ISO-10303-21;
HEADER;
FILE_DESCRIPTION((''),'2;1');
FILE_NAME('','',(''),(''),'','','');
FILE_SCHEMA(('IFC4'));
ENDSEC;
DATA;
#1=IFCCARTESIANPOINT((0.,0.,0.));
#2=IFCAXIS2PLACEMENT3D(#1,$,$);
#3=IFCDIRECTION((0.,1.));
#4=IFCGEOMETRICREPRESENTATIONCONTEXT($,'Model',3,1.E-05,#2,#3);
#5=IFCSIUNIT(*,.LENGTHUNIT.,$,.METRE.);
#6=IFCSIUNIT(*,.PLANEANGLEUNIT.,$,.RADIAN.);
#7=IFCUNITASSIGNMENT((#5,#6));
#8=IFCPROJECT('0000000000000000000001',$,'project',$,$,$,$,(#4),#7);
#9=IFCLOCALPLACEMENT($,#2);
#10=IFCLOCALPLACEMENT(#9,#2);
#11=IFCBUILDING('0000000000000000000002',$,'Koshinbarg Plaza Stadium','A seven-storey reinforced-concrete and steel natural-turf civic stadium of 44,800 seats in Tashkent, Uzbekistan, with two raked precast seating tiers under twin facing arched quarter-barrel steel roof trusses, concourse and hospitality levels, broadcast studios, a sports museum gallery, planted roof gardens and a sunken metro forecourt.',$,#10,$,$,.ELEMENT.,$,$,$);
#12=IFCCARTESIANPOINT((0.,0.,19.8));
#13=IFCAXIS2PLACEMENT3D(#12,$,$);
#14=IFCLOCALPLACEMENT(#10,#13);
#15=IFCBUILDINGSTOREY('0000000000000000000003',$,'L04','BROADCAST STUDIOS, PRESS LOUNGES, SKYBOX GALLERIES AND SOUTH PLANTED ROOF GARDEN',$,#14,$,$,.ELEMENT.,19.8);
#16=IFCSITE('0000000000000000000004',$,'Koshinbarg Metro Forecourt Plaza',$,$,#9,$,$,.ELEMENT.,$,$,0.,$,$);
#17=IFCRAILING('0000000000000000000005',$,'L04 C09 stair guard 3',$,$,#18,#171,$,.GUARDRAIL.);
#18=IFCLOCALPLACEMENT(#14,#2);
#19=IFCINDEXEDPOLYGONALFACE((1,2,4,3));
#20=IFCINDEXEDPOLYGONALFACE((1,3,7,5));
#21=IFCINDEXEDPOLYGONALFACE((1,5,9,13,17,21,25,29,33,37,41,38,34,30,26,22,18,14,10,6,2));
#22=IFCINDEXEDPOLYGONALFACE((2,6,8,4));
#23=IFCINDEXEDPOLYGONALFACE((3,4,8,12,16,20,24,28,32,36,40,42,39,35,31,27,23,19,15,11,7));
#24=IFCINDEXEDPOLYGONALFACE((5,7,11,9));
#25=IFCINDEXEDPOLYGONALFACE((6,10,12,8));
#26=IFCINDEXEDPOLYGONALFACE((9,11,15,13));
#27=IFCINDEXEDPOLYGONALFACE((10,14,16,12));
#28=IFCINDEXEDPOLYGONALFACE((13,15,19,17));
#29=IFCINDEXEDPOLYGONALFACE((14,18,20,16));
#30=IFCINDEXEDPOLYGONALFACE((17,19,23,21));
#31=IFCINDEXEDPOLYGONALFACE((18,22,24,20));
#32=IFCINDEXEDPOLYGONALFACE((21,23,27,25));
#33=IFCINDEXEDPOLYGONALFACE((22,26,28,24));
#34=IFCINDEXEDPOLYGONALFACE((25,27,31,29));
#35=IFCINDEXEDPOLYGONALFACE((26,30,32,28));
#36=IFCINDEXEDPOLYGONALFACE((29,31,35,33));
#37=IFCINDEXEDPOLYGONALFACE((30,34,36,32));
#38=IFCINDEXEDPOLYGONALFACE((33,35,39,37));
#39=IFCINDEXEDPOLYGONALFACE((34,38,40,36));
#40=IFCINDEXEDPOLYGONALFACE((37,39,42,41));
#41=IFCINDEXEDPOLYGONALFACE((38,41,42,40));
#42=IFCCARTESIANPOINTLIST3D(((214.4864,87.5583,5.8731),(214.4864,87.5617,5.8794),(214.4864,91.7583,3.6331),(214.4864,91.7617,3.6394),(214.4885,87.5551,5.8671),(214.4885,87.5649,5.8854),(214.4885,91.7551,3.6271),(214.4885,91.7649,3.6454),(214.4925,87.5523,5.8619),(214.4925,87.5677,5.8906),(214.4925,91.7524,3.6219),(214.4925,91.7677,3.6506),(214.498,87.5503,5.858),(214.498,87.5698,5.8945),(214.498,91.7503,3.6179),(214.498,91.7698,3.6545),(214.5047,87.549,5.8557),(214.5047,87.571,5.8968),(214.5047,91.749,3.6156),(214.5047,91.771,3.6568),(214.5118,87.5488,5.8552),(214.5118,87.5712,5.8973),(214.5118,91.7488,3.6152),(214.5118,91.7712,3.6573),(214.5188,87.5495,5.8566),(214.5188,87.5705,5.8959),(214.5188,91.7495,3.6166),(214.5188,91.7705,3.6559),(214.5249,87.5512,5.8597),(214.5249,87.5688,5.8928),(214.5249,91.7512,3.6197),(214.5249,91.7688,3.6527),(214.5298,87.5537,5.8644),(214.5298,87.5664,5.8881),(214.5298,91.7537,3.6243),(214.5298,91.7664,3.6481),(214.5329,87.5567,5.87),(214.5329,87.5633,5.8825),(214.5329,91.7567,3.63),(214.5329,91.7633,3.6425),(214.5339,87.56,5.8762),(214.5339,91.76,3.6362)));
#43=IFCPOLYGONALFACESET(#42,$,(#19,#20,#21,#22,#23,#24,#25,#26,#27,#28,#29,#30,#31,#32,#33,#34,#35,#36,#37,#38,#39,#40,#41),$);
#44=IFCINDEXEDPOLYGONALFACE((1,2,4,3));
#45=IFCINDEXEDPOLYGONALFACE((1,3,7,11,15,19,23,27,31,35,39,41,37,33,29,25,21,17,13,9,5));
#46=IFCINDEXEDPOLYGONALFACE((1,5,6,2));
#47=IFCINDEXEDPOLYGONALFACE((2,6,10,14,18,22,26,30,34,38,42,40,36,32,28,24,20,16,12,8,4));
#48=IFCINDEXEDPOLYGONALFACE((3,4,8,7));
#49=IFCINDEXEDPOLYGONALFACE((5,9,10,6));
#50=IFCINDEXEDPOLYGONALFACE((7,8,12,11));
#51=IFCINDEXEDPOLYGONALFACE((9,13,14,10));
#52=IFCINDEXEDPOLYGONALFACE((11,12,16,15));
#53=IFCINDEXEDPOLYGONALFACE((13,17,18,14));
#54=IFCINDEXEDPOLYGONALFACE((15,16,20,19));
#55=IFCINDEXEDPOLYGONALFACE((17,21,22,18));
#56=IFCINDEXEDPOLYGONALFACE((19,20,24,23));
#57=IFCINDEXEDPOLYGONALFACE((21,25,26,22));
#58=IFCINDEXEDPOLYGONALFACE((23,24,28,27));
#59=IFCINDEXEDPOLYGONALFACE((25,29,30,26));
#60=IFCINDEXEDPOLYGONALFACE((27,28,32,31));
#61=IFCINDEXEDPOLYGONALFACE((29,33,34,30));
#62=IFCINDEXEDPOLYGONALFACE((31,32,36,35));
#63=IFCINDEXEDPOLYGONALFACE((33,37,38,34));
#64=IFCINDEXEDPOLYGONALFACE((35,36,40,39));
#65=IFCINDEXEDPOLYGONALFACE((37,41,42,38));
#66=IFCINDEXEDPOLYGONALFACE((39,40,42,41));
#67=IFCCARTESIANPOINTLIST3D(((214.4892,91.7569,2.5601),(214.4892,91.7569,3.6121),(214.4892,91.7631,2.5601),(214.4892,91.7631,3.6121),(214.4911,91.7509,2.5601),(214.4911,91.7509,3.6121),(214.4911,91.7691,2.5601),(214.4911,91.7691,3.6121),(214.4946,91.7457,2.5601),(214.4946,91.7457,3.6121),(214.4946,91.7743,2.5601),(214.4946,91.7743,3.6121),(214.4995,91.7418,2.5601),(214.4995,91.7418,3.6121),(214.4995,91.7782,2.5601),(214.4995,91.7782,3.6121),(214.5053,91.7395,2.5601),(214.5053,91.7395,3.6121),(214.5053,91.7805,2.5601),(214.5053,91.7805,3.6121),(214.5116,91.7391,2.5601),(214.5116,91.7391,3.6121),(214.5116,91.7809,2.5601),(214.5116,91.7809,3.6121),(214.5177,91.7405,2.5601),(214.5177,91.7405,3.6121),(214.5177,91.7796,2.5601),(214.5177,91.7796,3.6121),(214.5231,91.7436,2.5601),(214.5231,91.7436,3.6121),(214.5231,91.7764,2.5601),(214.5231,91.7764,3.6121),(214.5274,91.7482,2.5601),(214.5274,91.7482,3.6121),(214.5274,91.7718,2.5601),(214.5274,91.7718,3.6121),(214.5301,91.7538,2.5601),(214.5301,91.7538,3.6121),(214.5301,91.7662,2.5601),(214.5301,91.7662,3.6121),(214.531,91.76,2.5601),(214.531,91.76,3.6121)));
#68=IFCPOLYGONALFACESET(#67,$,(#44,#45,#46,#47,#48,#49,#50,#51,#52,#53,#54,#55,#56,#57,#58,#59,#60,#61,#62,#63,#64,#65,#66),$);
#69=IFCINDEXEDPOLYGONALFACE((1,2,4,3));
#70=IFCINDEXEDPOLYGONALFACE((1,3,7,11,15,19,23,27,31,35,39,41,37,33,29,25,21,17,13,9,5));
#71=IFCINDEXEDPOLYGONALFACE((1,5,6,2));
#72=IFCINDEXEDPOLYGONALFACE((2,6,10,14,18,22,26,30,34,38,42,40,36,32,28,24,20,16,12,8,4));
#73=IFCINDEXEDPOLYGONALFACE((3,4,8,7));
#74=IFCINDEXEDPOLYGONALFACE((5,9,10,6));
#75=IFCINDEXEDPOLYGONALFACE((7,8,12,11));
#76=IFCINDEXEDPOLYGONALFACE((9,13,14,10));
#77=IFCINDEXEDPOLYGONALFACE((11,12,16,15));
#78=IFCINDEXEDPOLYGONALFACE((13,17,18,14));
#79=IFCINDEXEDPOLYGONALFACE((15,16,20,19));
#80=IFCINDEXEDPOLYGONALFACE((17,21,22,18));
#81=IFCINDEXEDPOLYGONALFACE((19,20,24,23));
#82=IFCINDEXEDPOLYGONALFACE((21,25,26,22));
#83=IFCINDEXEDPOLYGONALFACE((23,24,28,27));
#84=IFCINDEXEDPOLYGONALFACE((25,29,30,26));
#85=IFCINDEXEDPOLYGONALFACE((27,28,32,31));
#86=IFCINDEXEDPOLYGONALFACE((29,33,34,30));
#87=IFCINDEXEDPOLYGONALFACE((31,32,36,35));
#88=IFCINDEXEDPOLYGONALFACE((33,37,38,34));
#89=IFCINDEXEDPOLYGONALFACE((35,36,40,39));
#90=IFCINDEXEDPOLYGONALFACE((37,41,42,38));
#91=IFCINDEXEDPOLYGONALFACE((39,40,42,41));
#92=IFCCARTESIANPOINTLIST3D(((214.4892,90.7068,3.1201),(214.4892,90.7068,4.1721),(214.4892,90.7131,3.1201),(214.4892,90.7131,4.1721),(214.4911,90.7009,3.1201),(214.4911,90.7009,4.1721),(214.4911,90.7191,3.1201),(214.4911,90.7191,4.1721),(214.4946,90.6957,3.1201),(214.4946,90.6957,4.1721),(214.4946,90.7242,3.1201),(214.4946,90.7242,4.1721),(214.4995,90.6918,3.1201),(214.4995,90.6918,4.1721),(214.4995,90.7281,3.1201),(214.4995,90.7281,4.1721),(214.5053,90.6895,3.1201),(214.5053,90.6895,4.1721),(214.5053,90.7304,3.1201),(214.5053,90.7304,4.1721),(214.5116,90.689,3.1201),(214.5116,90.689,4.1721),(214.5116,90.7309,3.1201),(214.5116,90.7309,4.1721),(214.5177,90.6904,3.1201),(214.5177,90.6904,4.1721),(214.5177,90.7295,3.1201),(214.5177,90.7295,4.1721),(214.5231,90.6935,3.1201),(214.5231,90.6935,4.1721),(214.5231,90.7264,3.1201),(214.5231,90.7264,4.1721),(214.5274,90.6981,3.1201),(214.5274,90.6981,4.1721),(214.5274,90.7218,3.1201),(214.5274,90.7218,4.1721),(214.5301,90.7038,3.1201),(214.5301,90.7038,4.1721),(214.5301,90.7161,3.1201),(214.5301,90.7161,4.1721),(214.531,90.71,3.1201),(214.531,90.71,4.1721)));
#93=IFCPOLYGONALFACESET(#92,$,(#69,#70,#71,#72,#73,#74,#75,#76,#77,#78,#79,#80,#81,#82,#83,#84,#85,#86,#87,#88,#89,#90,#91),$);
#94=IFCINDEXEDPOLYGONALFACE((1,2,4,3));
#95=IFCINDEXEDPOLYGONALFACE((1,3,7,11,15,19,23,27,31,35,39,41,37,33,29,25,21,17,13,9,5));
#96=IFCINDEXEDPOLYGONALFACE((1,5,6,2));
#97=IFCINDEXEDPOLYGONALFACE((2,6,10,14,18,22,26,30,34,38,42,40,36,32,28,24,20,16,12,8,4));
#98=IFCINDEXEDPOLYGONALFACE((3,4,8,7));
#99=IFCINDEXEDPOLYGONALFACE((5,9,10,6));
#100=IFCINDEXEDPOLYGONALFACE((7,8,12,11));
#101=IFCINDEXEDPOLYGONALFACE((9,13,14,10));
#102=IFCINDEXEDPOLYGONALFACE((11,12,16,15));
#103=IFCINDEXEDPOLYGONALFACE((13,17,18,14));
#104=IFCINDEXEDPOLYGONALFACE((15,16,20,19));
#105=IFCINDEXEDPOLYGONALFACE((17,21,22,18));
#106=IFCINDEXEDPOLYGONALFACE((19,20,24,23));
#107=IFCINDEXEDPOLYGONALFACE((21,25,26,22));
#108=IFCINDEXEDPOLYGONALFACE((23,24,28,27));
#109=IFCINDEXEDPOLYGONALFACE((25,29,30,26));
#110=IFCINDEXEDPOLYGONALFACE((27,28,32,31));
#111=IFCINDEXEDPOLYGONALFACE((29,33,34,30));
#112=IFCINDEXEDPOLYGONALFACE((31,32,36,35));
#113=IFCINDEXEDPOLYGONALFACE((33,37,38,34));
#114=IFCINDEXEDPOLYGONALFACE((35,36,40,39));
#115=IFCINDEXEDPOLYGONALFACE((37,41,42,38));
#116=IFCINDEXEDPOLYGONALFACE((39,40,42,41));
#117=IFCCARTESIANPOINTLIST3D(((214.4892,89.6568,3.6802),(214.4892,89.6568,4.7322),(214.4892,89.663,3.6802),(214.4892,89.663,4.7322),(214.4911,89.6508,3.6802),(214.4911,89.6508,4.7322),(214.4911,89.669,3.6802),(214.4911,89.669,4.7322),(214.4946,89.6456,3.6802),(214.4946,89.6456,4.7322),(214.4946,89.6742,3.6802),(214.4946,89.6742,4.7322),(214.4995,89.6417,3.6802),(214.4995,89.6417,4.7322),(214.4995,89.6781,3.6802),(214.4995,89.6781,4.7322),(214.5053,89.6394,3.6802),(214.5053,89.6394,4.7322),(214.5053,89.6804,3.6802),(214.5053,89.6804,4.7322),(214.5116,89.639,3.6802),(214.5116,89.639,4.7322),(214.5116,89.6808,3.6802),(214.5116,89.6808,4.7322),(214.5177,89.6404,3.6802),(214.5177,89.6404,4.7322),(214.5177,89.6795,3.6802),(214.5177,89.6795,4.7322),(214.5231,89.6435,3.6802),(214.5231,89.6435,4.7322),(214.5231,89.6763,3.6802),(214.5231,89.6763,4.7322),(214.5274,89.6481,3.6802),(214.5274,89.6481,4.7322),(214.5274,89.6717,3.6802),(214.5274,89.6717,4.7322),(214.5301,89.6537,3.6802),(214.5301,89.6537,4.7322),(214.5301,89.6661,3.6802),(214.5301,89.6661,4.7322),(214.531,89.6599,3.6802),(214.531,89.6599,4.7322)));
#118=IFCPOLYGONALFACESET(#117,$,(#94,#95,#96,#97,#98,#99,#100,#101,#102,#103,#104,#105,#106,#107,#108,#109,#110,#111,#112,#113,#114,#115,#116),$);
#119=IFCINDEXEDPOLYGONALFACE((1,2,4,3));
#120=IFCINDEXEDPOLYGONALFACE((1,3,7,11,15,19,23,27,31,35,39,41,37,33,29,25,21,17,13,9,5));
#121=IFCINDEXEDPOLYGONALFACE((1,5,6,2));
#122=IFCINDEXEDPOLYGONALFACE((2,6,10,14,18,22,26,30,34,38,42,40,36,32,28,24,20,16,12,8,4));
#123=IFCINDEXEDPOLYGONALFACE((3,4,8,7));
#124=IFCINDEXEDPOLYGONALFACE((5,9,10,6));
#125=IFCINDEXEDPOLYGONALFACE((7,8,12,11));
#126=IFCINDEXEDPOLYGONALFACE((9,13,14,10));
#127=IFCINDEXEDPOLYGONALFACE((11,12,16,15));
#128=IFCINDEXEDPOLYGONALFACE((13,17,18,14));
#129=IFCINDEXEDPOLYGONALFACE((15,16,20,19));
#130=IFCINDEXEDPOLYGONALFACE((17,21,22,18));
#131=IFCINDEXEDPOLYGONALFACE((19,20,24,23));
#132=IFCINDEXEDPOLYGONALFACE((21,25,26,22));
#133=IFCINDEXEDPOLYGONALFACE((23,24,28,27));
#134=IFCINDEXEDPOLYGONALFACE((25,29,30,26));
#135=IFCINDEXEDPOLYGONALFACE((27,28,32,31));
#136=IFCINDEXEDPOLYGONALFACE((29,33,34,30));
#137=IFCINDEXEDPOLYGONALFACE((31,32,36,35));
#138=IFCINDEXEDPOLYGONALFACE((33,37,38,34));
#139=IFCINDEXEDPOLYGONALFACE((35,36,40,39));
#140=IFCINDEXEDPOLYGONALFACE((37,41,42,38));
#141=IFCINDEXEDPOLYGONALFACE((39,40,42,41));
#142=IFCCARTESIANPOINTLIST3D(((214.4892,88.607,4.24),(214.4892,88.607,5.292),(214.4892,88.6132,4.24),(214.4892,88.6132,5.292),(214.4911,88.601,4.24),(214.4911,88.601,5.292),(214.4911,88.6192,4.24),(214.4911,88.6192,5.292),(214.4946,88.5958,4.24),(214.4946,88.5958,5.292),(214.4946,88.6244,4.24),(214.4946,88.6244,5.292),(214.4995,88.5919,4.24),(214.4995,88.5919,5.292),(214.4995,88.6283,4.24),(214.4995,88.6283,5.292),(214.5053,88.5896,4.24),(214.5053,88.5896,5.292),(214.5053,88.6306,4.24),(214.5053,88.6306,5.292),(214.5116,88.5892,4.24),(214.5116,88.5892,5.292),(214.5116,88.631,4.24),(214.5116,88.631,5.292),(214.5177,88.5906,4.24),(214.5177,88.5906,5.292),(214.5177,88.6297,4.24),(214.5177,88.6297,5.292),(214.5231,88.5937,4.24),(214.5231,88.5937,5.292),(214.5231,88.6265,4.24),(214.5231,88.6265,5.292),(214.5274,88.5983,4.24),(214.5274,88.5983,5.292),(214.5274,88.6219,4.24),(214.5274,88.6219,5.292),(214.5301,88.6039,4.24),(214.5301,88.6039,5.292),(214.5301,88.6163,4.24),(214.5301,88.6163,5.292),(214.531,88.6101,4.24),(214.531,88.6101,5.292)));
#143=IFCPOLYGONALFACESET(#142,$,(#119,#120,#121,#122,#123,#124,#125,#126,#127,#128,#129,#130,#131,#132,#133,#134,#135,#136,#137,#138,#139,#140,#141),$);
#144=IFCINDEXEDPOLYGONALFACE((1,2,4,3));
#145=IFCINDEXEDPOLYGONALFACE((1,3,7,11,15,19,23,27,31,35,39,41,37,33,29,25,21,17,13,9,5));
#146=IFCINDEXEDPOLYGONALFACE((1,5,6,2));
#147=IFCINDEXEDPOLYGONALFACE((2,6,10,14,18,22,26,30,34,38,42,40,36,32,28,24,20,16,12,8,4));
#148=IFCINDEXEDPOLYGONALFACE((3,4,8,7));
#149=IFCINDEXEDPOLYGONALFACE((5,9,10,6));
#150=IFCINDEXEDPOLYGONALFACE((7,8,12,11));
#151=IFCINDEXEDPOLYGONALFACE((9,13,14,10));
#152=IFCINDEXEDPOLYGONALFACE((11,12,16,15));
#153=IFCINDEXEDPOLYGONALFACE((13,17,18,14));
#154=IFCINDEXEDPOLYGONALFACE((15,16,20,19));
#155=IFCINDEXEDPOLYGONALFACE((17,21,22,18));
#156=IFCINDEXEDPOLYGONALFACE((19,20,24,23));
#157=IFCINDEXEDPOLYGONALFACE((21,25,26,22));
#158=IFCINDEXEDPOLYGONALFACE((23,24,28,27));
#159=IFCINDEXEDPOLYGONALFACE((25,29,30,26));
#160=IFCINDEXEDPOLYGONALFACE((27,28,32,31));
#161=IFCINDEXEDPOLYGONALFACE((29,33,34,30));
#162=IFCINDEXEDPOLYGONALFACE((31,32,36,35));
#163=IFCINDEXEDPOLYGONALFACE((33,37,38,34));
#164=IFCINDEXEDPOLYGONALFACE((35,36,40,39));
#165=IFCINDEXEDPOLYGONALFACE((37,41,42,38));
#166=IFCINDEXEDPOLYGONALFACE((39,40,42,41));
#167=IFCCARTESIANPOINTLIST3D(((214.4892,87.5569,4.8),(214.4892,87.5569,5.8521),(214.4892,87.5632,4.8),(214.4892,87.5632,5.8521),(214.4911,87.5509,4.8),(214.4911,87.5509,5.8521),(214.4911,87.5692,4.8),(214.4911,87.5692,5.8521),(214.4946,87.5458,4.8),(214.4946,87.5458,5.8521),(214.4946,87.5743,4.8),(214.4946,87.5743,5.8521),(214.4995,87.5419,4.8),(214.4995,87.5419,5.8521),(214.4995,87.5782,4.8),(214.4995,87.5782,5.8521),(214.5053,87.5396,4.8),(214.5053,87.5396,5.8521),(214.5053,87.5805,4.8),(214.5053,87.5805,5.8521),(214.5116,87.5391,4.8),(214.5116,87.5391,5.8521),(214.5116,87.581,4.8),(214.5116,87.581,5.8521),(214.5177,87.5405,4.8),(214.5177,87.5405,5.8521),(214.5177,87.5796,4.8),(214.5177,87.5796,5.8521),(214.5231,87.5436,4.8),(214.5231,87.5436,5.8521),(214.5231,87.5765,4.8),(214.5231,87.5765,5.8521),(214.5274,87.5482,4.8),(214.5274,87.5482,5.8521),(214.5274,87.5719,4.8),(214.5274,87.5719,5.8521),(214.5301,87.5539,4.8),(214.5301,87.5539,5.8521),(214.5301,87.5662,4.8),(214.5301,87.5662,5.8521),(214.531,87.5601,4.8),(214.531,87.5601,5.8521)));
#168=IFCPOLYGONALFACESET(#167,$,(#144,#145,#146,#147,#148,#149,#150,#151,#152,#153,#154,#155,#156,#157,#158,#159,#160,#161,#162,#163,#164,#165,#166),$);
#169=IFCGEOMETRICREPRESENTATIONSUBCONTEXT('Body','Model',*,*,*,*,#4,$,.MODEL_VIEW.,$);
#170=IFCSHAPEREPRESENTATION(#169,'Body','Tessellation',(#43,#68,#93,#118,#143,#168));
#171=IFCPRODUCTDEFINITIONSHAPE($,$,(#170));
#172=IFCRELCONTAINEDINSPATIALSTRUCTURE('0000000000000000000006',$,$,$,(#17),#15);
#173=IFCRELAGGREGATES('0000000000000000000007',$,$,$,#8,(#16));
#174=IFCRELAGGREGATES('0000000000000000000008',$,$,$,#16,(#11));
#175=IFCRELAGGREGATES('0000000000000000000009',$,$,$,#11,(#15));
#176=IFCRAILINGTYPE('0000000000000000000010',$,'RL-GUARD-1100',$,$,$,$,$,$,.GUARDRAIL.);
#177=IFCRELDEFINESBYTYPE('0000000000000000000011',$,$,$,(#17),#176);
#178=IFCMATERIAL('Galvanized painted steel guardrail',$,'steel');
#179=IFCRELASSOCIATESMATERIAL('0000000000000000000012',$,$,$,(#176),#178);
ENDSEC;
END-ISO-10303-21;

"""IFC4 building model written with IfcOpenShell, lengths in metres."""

from ifc_helpers import new_model, si_unit, direction, frame, origin, origin_2d, place, context, subcontext, project, spatial, circle, extrude, material, type_object, element, save


model = new_model("IFC4")

# Units and contexts
model_context = context("Model", 3, precision=1e-05, world=origin(), true_north=direction((0.0, 1.0)))
body_context = subcontext(model_context, "Body", "Model", "MODEL_VIEW")
ifc_project = project(units=[si_unit("LENGTHUNIT", "METRE"), si_unit("PLANEANGLEUNIT", "RADIAN")], contexts=[model_context])

# Site, building, storey
site_placement = place(None, origin())
site = spatial("IfcSite", under=ifc_project, at=site_placement, Name="Koshinbarg Metro Forecourt Plaza", CompositionType="ELEMENT", RefElevation=0.0)
building_placement = place(site_placement, origin())
building = spatial("IfcBuilding", under=site, at=building_placement, Name="Koshinbarg Plaza Stadium", Description="A seven-storey reinforced-concrete and steel natural-turf civic stadium of 44,800 seats in Tashkent, Uzbekistan, with two raked precast seating tiers under twin facing arched quarter-barrel steel roof trusses, concourse and hospitality levels, broadcast studios, a sports museum gallery, planted roof gardens and a sunken metro forecourt.", CompositionType="ELEMENT")
storey_placement = place(building_placement, frame((0.0, 0.0, 19.8)))
storey = spatial("IfcBuildingStorey", under=building, at=storey_placement, Name="L04", Description="BROADCAST STUDIOS, PRESS LOUNGES, SKYBOX GALLERIES AND SOUTH PLANTED ROOF GARDEN", CompositionType="ELEMENT", Elevation=19.8)

# Railing
ifc_material_1 = material(Name="Galvanized painted steel guardrail", Category="steel")
railing_type_1 = type_object("IfcRailingType", Name="RL-GUARD-1100", PredefinedType="GUARDRAIL", material=ifc_material_1)
railing_1_placement = place(storey_placement, frame((214.51, 91.76, 2.5601)))
element("IfcRailing", 1, at=railing_1_placement, inside=storey, type_object=railing_type_1, Name="L04 C09 stair guard 3", PredefinedType="GUARDRAIL", context=body_context, shape_type="SweptSolid", body=[
    extrude(circle(Radius=0.0239, at=origin_2d()), frame((0.0, 0.0, 1.0762), z_axis=(0.0, -0.882352, 0.470591), x_axis=(1.0, 0.0, 0.0)), (0.0, 0.0, 1.0), 4.76),
    extrude(circle(Radius=0.021, at=origin_2d()), origin(), (0.0, 0.0, 1.0), 1.052),
    extrude(circle(Radius=0.021, at=origin_2d()), frame((0.0, -1.05, 0.5601)), (0.0, 0.0, 1.0), 1.052),
    extrude(circle(Radius=0.021, at=origin_2d()), frame((0.0, -2.1001, 1.1201)), (0.0, 0.0, 1.0), 1.052),
    extrude(circle(Radius=0.021, at=origin_2d()), frame((0.0, -3.1499, 1.6799)), (0.0, 0.0, 1.0), 1.052),
    extrude(circle(Radius=0.021, at=origin_2d()), frame((0.0, -4.2, 2.24)), (0.0, 0.0, 1.0), 1.052),
])

save(model, "model.ifc")
